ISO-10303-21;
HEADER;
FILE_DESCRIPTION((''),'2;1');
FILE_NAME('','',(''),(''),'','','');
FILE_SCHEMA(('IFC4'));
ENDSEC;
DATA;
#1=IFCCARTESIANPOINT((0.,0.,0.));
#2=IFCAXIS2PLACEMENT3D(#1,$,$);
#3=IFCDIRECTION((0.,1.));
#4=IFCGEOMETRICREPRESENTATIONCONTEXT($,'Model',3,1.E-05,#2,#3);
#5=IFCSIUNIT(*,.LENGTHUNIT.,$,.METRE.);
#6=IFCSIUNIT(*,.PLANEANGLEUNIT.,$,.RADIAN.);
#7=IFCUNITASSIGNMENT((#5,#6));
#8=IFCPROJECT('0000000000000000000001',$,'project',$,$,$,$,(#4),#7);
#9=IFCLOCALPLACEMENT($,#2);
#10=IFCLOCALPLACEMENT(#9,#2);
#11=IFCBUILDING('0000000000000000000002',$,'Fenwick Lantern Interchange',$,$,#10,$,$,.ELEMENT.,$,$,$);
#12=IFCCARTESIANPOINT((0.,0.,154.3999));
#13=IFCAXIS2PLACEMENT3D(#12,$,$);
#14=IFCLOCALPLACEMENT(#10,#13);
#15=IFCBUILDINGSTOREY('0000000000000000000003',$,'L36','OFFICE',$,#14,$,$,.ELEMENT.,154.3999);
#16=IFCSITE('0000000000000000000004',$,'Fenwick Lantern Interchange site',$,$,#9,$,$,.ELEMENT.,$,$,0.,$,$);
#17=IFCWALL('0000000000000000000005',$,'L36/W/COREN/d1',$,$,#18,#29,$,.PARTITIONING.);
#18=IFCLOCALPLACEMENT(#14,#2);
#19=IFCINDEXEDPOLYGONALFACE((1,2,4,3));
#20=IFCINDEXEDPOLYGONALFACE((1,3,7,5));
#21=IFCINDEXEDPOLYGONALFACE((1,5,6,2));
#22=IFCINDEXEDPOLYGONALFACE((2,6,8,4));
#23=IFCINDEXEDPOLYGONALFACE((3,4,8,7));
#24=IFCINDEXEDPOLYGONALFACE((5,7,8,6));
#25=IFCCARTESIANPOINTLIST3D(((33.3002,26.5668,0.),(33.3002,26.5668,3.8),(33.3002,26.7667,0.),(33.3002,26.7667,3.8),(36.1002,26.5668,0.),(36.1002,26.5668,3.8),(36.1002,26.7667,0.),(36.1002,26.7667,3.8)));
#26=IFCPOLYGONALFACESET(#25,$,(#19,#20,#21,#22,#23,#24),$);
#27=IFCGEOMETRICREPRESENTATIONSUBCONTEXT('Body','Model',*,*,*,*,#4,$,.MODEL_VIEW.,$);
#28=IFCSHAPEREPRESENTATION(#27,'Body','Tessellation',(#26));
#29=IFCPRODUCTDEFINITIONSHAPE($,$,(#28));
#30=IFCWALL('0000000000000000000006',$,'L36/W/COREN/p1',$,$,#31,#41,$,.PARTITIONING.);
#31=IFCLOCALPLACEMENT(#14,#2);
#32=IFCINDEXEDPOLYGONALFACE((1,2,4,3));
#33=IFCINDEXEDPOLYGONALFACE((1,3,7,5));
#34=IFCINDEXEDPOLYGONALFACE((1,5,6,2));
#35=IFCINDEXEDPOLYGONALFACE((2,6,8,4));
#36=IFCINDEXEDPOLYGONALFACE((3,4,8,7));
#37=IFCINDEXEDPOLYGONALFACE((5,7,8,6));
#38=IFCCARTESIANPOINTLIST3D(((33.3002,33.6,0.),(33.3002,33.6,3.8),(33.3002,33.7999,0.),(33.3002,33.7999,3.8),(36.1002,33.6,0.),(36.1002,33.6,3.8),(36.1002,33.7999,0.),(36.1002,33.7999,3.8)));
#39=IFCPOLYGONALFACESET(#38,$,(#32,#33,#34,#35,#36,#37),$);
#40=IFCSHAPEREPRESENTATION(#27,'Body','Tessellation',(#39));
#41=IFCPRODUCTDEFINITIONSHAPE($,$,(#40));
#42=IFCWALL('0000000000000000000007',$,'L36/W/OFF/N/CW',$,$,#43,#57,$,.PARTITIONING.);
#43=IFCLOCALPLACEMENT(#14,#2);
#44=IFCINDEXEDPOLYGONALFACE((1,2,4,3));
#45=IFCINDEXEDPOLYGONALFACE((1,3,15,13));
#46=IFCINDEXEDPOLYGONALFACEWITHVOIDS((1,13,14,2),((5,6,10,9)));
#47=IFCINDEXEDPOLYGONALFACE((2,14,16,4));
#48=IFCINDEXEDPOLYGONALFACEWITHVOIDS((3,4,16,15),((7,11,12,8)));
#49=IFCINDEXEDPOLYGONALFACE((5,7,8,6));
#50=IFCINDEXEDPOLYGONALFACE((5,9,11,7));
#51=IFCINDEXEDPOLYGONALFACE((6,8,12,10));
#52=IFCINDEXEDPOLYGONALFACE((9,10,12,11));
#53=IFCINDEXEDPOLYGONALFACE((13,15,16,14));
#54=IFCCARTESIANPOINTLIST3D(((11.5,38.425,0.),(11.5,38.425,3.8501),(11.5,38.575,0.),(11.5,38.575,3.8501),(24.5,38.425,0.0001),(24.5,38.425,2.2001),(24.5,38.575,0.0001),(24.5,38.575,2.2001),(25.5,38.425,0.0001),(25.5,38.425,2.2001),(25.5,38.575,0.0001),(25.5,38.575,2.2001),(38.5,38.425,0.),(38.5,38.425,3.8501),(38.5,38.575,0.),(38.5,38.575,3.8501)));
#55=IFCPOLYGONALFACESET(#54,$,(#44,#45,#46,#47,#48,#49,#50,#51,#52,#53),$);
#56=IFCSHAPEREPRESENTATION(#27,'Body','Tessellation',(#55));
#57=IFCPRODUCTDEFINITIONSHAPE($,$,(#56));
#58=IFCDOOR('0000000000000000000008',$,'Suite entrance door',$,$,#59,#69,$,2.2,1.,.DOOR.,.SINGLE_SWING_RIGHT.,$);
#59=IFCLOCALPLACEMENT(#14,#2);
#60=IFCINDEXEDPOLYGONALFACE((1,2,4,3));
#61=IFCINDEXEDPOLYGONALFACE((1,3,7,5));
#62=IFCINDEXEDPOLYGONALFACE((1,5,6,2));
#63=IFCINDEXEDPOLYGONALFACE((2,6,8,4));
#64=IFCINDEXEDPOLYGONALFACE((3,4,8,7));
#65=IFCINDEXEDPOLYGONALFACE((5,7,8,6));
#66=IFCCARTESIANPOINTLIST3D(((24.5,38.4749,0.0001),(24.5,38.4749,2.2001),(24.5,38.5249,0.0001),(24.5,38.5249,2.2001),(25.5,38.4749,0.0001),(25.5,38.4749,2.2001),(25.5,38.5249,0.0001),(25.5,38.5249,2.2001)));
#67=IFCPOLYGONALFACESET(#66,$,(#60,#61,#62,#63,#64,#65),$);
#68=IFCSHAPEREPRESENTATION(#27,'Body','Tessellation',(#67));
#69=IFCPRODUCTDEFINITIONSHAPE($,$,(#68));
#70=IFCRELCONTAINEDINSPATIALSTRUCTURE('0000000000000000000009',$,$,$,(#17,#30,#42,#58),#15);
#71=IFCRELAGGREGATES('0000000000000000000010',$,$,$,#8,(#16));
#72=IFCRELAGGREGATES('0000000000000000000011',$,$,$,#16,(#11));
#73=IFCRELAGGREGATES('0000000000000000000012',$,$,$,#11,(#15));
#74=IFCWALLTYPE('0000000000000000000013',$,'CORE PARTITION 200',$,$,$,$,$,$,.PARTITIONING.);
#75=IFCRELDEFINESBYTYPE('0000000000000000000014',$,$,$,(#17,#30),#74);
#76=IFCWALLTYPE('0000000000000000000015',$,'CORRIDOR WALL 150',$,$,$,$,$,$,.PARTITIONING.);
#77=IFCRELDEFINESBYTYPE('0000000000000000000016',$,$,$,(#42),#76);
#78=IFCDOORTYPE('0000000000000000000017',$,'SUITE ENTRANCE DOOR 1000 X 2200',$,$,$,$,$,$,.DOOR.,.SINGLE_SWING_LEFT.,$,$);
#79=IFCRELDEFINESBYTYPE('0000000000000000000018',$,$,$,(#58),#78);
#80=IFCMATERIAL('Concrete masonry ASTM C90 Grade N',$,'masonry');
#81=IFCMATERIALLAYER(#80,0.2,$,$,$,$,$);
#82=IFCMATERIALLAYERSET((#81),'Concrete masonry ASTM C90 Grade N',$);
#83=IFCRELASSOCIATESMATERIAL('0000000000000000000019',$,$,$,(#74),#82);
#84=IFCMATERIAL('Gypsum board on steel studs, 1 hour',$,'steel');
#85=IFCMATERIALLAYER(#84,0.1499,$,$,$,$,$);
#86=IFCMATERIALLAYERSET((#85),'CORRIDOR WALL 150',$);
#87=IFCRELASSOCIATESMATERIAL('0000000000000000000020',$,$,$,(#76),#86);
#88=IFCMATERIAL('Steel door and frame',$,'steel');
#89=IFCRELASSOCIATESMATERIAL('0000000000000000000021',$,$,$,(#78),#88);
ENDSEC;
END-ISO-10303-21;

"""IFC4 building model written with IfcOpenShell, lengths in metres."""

from ifc_helpers import new_model, si_unit, direction, frame, frame_2d, origin, place, context, subcontext, project, spatial, rectangle, extrude, material, layer, layer_set, type_object, element, fill, save


model = new_model("IFC4")

# Units and contexts
model_context = context("Model", 3, precision=1e-05, world=origin(), true_north=direction((0.0, 1.0)))
body_context = subcontext(model_context, "Body", "Model", "MODEL_VIEW")
ifc_project = project(units=[si_unit("LENGTHUNIT", "METRE"), si_unit("PLANEANGLEUNIT", "RADIAN")], contexts=[model_context])

# Site, building, storey
site_placement = place(None, origin())
site = spatial("IfcSite", under=ifc_project, at=site_placement, Name="Fenwick Lantern Interchange site", CompositionType="ELEMENT", RefElevation=0.0)
building_placement = place(site_placement, origin())
building = spatial("IfcBuilding", under=site, at=building_placement, Name="Fenwick Lantern Interchange", CompositionType="ELEMENT")
storey_placement = place(building_placement, frame((0.0, 0.0, 154.3999)))
storey = spatial("IfcBuildingStorey", under=building, at=storey_placement, Name="L36", Description="OFFICE", CompositionType="ELEMENT", Elevation=154.3999)

# Walls
ifc_material_1 = material(Name="Concrete masonry ASTM C90 Grade N", Category="masonry")
ifc_layer_1 = layer(ifc_material_1, 0.2)
ifc_layer_set_1 = layer_set([ifc_layer_1], Name="Concrete masonry ASTM C90 Grade N")
wall_type_1 = type_object("IfcWallType", Name="CORE PARTITION 200", PredefinedType="PARTITIONING", material=ifc_layer_set_1)
for number, where, z_axis, x_axis, name in (
    (1, (36.1001, 26.6667, 0.0), (0.0, 0.0, 1.0), (-1.0, 0.0, 0.0), "L36/W/COREN/d1"),
    (2, (36.1001, 33.7, 0.0), (0.0, 0.0, 1.0), (-1.0, 0.0, 0.0), "L36/W/COREN/p1"),
):
    element("IfcWall", number, at=place(storey_placement, frame(where, z_axis=z_axis, x_axis=x_axis)), inside=storey, type_object=wall_type_1, Name=name, PredefinedType="PARTITIONING", context=body_context, shape_type="SweptSolid", body=[
        extrude(rectangle(XDim=2.8, YDim=0.2, at=frame_2d((1.3999, 0.0))), origin(), (0.0, 0.0, 1.0), 3.8),
    ])

# Shared definitions
ifc_material_2 = material(Name="Steel door and frame", Category="steel")

# Wall, opening, door
ifc_material_3 = material(Name="Gypsum board on steel studs, 1 hour", Category="steel")
ifc_layer_2 = layer(ifc_material_3, 0.1499)
ifc_layer_set_2 = layer_set([ifc_layer_2], Name="CORRIDOR WALL 150")
wall_type_2 = type_object("IfcWallType", Name="CORRIDOR WALL 150", PredefinedType="PARTITIONING", material=ifc_layer_set_2)
wall_1_placement = place(storey_placement, frame((38.5, 38.5, 0.0), z_axis=(0.0, 0.0, 1.0), x_axis=(-1.0, 0.0, 0.0)))
wall_1 = element("IfcWall", 3, at=wall_1_placement, inside=storey, type_object=wall_type_2, Name="L36/W/OFF/N/CW", PredefinedType="PARTITIONING", context=body_context, shape_type="SweptSolid", body=[
    extrude(rectangle(XDim=27.0, YDim=0.1499, at=frame_2d((13.5, 0.0))), origin(), (0.0, 0.0, 1.0), 3.8501),
])
opening_1_placement = place(wall_1_placement, frame((13.0, 0.0, 0.0)))
opening_1 = element("IfcOpeningElement", 4, at=opening_1_placement, cuts=wall_1, PredefinedType="OPENING", context=body_context, shape_type="SweptSolid", body=[
    extrude(rectangle(XDim=1.0, YDim=2.2, at=frame_2d((0.5, 1.1001))), frame((0.0, 0.085, 0.0), z_axis=(0.0, -1.0, 0.0), x_axis=(1.0, 0.0, 0.0)), (0.0, 0.0, 1.0), 0.1699),
])
door_type_1 = type_object("IfcDoorType", Name="SUITE ENTRANCE DOOR 1000 X 2200", OperationType="SINGLE_SWING_LEFT", PredefinedType="DOOR", material=ifc_material_2)
door_1_placement = place(opening_1_placement, frame((1.0, 0.0, 0.0), z_axis=(0.0, 0.0, 1.0), x_axis=(-1.0, 0.0, 0.0)))
door_1 = element("IfcDoor", 5, at=door_1_placement, inside=storey, type_object=door_type_1, Name="Suite entrance door", OperationType="SINGLE_SWING_RIGHT", OverallHeight=2.2, OverallWidth=1.0, PredefinedType="DOOR", context=body_context, shape_type="SweptSolid", body=[
    extrude(rectangle(XDim=1.0, YDim=2.2, at=frame_2d((0.5, 1.1001))), frame((0.0, 0.0249, 0.0), z_axis=(0.0, -1.0, 0.0), x_axis=(1.0, 0.0, 0.0)), (0.0, 0.0, 1.0), 0.05),
])
fill(opening_1, door_1)

save(model, "model.ifc")
